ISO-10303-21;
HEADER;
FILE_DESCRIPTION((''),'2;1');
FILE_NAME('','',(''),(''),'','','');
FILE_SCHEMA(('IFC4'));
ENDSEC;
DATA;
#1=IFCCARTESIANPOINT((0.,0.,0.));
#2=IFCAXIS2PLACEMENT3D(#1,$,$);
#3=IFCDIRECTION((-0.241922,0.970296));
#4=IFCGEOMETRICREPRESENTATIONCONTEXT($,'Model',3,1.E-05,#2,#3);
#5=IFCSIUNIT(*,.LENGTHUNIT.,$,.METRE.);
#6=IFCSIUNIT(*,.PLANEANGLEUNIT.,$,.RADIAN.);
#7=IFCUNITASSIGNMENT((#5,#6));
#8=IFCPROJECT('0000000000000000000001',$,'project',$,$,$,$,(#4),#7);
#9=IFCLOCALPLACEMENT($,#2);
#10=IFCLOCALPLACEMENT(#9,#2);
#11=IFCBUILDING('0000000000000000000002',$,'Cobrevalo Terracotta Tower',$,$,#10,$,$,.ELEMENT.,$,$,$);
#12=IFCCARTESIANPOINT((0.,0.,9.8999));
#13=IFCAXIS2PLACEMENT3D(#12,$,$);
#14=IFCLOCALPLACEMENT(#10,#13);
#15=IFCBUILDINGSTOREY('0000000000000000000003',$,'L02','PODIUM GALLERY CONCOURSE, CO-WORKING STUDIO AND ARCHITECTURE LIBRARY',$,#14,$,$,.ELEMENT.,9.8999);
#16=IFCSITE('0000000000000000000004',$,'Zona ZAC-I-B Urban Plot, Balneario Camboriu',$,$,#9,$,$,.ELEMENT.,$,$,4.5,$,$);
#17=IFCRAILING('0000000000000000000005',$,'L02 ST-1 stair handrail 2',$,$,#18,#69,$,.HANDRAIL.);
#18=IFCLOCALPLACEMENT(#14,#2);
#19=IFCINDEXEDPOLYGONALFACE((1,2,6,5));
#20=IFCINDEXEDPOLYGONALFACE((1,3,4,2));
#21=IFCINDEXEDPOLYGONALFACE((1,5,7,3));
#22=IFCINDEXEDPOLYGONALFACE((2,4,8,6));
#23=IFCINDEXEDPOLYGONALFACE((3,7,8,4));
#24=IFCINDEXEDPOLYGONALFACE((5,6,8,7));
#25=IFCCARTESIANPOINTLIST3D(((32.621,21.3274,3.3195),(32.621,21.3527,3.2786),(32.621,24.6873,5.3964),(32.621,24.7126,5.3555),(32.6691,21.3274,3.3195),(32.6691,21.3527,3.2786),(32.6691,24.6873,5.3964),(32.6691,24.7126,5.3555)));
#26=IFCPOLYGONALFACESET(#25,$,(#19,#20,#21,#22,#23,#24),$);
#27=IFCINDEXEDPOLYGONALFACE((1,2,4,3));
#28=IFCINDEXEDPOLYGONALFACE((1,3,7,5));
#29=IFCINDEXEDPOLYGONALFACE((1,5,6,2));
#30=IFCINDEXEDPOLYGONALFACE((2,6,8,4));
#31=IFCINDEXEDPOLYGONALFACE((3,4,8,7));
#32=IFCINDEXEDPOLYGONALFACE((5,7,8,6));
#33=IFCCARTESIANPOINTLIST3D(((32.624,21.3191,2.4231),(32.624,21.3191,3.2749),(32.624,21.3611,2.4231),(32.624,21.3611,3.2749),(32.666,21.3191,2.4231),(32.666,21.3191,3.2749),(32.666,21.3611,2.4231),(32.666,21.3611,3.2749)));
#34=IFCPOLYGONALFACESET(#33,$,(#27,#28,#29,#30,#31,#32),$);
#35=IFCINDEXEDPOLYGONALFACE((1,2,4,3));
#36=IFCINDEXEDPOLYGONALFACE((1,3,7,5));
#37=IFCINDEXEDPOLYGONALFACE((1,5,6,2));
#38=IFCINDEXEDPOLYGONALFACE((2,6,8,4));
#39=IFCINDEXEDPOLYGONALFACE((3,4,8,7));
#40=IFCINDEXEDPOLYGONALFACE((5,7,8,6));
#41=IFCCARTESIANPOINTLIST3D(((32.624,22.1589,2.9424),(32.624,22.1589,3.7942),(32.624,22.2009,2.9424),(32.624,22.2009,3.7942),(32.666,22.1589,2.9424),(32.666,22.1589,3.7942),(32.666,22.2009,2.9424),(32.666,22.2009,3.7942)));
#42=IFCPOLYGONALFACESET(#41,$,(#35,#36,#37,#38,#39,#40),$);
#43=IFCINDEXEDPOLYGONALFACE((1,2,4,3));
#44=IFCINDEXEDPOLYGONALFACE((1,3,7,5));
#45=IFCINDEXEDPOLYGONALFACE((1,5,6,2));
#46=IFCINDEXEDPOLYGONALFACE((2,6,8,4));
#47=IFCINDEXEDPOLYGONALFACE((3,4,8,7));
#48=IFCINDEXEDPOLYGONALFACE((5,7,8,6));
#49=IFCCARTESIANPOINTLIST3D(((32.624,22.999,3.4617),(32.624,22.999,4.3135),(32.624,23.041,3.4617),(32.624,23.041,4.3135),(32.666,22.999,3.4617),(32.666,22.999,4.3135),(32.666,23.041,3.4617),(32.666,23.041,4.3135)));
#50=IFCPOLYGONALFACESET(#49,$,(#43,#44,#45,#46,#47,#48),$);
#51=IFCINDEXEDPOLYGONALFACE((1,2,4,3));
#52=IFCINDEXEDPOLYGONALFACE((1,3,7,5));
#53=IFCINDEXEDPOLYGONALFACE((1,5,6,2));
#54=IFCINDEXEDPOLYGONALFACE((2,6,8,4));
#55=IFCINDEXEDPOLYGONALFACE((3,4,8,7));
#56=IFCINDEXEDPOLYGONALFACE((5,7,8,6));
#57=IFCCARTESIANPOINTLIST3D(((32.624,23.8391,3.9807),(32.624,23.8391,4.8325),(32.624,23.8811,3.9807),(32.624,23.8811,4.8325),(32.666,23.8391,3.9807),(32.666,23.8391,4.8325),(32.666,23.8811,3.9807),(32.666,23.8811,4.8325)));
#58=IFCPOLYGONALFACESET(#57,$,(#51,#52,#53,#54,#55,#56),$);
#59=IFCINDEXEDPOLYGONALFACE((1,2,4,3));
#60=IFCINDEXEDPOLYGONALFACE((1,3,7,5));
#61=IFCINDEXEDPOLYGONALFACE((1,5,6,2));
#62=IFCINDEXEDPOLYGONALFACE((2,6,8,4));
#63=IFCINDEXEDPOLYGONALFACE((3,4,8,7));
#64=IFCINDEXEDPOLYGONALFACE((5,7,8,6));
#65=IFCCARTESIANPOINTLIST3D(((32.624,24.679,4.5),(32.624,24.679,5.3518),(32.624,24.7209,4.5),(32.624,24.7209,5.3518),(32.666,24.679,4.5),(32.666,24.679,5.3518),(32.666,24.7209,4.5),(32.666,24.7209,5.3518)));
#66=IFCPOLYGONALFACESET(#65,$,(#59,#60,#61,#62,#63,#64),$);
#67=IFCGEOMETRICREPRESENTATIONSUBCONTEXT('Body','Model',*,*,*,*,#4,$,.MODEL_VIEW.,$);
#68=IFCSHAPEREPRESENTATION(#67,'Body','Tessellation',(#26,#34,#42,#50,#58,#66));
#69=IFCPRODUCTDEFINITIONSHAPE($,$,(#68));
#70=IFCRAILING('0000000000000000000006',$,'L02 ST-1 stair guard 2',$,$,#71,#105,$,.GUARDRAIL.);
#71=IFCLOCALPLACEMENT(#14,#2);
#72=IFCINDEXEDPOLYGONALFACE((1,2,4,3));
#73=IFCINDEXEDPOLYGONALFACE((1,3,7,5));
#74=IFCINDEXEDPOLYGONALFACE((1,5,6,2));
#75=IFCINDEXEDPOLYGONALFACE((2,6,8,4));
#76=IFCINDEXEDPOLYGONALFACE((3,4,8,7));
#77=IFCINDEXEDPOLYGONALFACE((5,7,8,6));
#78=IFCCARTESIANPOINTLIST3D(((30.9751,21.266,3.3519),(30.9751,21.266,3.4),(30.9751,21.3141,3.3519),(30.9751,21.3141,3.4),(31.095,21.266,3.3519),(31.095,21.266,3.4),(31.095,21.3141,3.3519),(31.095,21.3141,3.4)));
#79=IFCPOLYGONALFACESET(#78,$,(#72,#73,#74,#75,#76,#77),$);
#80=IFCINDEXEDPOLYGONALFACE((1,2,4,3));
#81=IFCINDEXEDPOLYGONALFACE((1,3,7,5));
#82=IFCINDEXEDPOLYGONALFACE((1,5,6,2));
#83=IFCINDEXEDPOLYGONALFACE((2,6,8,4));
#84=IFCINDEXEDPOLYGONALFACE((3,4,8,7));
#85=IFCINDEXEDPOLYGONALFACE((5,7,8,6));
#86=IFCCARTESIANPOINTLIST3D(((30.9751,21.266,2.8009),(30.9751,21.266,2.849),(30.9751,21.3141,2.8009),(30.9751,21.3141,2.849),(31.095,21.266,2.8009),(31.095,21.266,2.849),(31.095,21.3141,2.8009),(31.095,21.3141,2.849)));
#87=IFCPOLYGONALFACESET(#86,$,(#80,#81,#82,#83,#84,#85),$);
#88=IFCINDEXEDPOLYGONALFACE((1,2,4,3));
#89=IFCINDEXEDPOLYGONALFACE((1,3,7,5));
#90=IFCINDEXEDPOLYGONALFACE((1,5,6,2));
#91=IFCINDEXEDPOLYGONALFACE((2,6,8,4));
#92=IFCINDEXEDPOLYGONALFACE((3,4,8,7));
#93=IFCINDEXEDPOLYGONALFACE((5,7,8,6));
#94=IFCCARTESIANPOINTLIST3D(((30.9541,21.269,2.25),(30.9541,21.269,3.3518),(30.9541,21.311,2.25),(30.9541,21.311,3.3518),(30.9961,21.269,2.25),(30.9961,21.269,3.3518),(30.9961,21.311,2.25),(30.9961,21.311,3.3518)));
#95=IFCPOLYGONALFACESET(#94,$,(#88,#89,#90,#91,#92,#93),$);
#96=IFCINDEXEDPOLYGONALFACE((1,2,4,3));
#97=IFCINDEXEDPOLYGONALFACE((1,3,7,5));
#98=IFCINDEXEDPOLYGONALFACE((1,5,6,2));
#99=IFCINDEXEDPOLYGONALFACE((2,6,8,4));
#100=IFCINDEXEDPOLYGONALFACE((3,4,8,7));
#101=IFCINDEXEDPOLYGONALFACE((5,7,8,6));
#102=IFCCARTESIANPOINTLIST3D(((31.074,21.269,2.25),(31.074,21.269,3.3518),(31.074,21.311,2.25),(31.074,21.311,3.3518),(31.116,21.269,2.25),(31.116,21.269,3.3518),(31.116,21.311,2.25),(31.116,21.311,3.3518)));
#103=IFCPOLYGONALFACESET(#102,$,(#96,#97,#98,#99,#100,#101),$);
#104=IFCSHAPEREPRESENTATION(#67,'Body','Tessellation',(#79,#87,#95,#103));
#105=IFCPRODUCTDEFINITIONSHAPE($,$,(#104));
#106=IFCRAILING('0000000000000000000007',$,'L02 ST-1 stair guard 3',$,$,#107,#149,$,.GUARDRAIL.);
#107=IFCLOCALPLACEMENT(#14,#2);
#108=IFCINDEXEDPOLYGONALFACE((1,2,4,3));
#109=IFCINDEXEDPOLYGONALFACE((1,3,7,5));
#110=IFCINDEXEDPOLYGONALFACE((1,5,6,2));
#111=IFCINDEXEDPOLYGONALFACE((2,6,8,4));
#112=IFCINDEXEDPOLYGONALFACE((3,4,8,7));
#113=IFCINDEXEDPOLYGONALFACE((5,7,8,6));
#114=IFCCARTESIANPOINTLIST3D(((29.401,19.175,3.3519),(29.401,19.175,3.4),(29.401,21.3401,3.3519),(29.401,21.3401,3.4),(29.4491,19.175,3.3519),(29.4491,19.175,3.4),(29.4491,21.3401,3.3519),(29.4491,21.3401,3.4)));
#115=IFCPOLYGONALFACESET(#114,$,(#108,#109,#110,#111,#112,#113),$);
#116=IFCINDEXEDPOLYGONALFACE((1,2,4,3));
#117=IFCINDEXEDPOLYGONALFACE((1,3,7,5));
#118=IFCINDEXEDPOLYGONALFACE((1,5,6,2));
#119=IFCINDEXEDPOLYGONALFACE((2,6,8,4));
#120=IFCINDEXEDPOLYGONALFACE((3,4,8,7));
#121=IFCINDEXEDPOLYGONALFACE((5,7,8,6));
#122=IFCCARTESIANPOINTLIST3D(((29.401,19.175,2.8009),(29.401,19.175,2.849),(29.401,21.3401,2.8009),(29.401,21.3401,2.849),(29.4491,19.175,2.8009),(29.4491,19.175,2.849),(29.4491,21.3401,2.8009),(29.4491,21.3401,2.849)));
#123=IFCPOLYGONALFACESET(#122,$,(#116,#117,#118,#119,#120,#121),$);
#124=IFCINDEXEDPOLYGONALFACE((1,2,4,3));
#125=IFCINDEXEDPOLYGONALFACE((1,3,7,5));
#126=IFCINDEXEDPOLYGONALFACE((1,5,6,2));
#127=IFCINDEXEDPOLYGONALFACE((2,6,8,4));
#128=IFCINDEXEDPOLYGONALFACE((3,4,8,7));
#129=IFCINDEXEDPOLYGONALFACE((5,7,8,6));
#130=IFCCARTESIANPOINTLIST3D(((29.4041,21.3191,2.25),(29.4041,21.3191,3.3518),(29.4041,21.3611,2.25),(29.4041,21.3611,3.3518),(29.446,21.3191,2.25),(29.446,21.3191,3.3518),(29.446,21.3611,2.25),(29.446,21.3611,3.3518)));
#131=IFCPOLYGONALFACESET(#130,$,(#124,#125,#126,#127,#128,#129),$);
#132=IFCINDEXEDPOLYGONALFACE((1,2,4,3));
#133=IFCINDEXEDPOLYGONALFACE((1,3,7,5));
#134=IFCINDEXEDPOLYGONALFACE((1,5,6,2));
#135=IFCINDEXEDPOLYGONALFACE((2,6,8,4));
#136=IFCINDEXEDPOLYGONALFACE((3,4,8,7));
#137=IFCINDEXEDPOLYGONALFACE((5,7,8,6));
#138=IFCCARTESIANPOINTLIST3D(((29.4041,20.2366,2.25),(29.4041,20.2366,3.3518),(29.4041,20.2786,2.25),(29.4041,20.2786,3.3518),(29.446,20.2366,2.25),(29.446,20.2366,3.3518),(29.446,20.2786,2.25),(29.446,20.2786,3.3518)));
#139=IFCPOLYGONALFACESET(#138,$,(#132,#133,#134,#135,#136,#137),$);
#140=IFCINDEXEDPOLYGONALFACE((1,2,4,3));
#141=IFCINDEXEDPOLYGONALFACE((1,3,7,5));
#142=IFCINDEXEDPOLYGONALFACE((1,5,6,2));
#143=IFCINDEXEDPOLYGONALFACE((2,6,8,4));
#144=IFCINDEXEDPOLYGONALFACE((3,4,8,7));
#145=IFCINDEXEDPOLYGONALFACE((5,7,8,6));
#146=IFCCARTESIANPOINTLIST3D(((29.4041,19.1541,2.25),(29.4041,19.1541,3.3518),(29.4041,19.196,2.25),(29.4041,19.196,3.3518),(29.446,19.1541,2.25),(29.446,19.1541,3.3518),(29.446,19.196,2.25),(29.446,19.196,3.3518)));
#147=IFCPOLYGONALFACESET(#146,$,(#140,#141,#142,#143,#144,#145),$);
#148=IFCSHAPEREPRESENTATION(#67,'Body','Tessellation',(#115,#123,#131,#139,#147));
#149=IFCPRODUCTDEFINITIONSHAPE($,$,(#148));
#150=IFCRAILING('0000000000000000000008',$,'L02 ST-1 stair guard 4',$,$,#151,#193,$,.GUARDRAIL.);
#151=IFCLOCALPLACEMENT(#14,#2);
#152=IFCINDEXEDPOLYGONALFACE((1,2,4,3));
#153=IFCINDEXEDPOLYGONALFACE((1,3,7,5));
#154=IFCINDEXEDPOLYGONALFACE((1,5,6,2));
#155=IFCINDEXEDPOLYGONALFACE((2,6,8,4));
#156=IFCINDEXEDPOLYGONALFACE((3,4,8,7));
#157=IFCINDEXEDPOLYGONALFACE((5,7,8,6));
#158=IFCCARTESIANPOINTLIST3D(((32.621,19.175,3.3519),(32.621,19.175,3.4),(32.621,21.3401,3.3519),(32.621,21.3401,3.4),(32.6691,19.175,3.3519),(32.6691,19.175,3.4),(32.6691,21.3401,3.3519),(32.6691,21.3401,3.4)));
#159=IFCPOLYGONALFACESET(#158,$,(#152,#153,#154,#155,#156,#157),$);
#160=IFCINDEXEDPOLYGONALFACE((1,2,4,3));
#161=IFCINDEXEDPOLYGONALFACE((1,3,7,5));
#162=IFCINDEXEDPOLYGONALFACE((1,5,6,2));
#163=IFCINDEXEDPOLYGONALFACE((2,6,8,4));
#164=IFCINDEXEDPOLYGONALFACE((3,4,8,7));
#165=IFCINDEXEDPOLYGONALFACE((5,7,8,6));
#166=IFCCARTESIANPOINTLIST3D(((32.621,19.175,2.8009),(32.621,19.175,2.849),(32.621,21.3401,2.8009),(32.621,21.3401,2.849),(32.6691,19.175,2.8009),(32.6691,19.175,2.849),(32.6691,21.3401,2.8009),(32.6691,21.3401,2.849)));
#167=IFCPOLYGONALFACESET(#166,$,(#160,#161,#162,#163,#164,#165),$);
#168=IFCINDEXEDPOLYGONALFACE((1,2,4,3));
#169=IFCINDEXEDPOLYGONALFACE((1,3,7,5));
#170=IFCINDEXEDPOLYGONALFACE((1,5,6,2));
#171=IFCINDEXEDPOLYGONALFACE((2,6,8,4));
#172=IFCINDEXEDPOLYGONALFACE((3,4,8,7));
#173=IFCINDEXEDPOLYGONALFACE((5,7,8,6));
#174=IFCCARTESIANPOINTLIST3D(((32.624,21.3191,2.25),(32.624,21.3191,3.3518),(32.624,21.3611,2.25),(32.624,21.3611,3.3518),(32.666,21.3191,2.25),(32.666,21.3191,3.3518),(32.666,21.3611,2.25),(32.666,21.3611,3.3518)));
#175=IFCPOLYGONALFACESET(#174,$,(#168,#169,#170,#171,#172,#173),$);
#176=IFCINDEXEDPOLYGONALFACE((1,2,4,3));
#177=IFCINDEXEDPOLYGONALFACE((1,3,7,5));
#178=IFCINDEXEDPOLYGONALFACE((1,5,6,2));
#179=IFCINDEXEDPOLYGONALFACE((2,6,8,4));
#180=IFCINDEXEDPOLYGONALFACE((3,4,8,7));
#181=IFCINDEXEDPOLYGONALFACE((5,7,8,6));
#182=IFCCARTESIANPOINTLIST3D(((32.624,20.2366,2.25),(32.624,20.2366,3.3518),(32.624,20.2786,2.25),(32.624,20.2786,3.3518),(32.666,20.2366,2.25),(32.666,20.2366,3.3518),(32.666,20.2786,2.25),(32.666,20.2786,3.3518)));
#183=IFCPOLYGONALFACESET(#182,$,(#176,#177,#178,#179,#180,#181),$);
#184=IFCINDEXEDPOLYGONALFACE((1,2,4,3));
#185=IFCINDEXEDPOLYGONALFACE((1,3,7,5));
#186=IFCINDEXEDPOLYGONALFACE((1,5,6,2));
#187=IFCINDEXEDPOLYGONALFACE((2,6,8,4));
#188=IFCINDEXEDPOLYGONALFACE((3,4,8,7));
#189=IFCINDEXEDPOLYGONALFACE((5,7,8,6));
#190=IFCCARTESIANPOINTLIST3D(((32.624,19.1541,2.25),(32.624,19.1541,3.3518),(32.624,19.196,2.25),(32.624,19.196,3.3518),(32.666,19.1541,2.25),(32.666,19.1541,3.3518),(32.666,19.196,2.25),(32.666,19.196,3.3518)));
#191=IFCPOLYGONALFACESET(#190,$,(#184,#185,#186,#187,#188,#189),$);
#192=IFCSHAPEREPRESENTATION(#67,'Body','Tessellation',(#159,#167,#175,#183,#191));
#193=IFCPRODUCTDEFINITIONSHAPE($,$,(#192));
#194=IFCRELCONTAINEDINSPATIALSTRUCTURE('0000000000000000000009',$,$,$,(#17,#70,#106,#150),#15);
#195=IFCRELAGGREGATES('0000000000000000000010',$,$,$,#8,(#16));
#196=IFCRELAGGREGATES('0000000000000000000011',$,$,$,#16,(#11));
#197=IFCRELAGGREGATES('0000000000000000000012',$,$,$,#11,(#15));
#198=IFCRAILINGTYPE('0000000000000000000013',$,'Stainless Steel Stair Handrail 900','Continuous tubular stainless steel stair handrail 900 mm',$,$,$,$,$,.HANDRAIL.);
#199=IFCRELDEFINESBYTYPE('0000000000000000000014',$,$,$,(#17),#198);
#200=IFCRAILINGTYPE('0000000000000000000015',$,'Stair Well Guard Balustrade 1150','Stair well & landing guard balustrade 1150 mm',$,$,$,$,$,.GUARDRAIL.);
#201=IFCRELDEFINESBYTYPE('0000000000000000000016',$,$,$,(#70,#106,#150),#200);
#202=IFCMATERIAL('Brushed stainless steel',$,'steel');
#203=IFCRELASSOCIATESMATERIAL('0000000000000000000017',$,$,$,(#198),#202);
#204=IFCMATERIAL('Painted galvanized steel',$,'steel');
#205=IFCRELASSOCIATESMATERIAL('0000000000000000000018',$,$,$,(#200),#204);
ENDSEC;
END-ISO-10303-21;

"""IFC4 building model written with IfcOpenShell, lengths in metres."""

from ifc_helpers import new_model, si_unit, direction, frame, origin, origin_2d, place, context, subcontext, project, spatial, rectangle, extrude, material, type_object, element, save


model = new_model("IFC4")

# Units and contexts
model_context = context("Model", 3, precision=1e-05, world=origin(), true_north=direction((-0.241922, 0.970296)))
body_context = subcontext(model_context, "Body", "Model", "MODEL_VIEW")
ifc_project = project(units=[si_unit("LENGTHUNIT", "METRE"), si_unit("PLANEANGLEUNIT", "RADIAN")], contexts=[model_context])

# Site, building, storey
site_placement = place(None, origin())
site = spatial("IfcSite", under=ifc_project, at=site_placement, Name="Zona ZAC-I-B Urban Plot, Balneario Camboriu", CompositionType="ELEMENT", RefElevation=4.5)
building_placement = place(site_placement, origin())
building = spatial("IfcBuilding", under=site, at=building_placement, Name="Cobrevalo Terracotta Tower", CompositionType="ELEMENT")
storey_placement = place(building_placement, frame((0.0, 0.0, 9.8999)))
storey = spatial("IfcBuildingStorey", under=building, at=storey_placement, Name="L02", Description="PODIUM GALLERY CONCOURSE, CO-WORKING STUDIO AND ARCHITECTURE LIBRARY", CompositionType="ELEMENT", Elevation=9.8999)

# Railings
ifc_material_1 = material(Name="Brushed stainless steel", Category="steel")
railing_type_1 = type_object("IfcRailingType", Name="Stainless Steel Stair Handrail 900", Description="Continuous tubular stainless steel stair handrail 900 mm", PredefinedType="HANDRAIL", material=ifc_material_1)
railing_1_placement = place(storey_placement, frame((32.645, 21.3401, 2.4231)))
element("IfcRailing", 1, at=railing_1_placement, inside=storey, type_object=railing_type_1, Name="L02 ST-1 stair handrail 2", PredefinedType="HANDRAIL", context=body_context, shape_type="SweptSolid", body=[
    extrude(rectangle(XDim=0.0481, YDim=0.0481, at=origin_2d()), frame((0.0, 0.0, 0.876), z_axis=(0.0, 0.850606, 0.525803), x_axis=(-1.0, 0.0, 0.0)), (0.0, 0.0, 1.0), 3.95),
    extrude(rectangle(XDim=0.042, YDim=0.042, at=origin_2d()), origin(), (0.0, 0.0, 1.0), 0.8518),
    extrude(rectangle(XDim=0.042, YDim=0.042, at=origin_2d()), frame((0.0, 0.8398, 0.5193)), (0.0, 0.0, 1.0), 0.8518),
    extrude(rectangle(XDim=0.042, YDim=0.042, at=origin_2d()), frame((0.0, 1.6799, 1.0386)), (0.0, 0.0, 1.0), 0.8518),
    extrude(rectangle(XDim=0.042, YDim=0.042, at=origin_2d()), frame((0.0, 2.52, 1.5576)), (0.0, 0.0, 1.0), 0.8518),
    extrude(rectangle(XDim=0.042, YDim=0.042, at=origin_2d()), frame((0.0, 3.3599, 2.0769)), (0.0, 0.0, 1.0), 0.8518),
])
ifc_material_2 = material(Name="Painted galvanized steel", Category="steel")
railing_type_2 = type_object("IfcRailingType", Name="Stair Well Guard Balustrade 1150", Description="Stair well & landing guard balustrade 1150 mm", PredefinedType="GUARDRAIL", material=ifc_material_2)
railing_2_placement = place(storey_placement, frame((30.9751, 21.29, 2.25)))
element("IfcRailing", 2, at=railing_2_placement, inside=storey, type_object=railing_type_2, Name="L02 ST-1 stair guard 2", PredefinedType="GUARDRAIL", context=body_context, shape_type="SweptSolid", body=[
    extrude(rectangle(XDim=0.0481, YDim=0.0481, at=origin_2d()), frame((0.0, 0.0, 1.126), z_axis=(1.0, 0.0, 0.0), x_axis=(0.0, 1.0, 0.0)), (0.0, 0.0, 1.0), 0.1199),
    extrude(rectangle(XDim=0.0481, YDim=0.0481, at=origin_2d()), frame((0.0, 0.0, 0.575), z_axis=(1.0, 0.0, 0.0), x_axis=(0.0, 1.0, 0.0)), (0.0, 0.0, 1.0), 0.1199),
    extrude(rectangle(XDim=0.042, YDim=0.042, at=origin_2d()), origin(), (0.0, 0.0, 1.0), 1.1018),
    extrude(rectangle(XDim=0.042, YDim=0.042, at=origin_2d()), frame((0.1199, 0.0, 0.0)), (0.0, 0.0, 1.0), 1.1018),
])
for number, where, name in (
    (3, (29.425, 21.3401, 2.25), "L02 ST-1 stair guard 3"),
    (4, (32.645, 21.3401, 2.25), "L02 ST-1 stair guard 4"),
):
    element("IfcRailing", number, at=place(storey_placement, frame(where)), inside=storey, type_object=railing_type_2, Name=name, PredefinedType="GUARDRAIL", context=body_context, shape_type="SweptSolid", body=[
        extrude(rectangle(XDim=0.0481, YDim=0.0481, at=origin_2d()), frame((0.0, 0.0, 1.126), z_axis=(0.0, -1.0, 0.0), x_axis=(1.0, 0.0, 0.0)), (0.0, 0.0, 1.0), 2.165),
        extrude(rectangle(XDim=0.0481, YDim=0.0481, at=origin_2d()), frame((0.0, 0.0, 0.575), z_axis=(0.0, -1.0, 0.0), x_axis=(1.0, 0.0, 0.0)), (0.0, 0.0, 1.0), 2.165),
        extrude(rectangle(XDim=0.042, YDim=0.042, at=origin_2d()), origin(), (0.0, 0.0, 1.0), 1.1018),
        extrude(rectangle(XDim=0.042, YDim=0.042, at=origin_2d()), frame((0.0, -1.0825, 0.0)), (0.0, 0.0, 1.0), 1.1018),
        extrude(rectangle(XDim=0.042, YDim=0.042, at=origin_2d()), frame((0.0, -2.165, 0.0)), (0.0, 0.0, 1.0), 1.1018),
    ])

save(model, "model.ifc")
